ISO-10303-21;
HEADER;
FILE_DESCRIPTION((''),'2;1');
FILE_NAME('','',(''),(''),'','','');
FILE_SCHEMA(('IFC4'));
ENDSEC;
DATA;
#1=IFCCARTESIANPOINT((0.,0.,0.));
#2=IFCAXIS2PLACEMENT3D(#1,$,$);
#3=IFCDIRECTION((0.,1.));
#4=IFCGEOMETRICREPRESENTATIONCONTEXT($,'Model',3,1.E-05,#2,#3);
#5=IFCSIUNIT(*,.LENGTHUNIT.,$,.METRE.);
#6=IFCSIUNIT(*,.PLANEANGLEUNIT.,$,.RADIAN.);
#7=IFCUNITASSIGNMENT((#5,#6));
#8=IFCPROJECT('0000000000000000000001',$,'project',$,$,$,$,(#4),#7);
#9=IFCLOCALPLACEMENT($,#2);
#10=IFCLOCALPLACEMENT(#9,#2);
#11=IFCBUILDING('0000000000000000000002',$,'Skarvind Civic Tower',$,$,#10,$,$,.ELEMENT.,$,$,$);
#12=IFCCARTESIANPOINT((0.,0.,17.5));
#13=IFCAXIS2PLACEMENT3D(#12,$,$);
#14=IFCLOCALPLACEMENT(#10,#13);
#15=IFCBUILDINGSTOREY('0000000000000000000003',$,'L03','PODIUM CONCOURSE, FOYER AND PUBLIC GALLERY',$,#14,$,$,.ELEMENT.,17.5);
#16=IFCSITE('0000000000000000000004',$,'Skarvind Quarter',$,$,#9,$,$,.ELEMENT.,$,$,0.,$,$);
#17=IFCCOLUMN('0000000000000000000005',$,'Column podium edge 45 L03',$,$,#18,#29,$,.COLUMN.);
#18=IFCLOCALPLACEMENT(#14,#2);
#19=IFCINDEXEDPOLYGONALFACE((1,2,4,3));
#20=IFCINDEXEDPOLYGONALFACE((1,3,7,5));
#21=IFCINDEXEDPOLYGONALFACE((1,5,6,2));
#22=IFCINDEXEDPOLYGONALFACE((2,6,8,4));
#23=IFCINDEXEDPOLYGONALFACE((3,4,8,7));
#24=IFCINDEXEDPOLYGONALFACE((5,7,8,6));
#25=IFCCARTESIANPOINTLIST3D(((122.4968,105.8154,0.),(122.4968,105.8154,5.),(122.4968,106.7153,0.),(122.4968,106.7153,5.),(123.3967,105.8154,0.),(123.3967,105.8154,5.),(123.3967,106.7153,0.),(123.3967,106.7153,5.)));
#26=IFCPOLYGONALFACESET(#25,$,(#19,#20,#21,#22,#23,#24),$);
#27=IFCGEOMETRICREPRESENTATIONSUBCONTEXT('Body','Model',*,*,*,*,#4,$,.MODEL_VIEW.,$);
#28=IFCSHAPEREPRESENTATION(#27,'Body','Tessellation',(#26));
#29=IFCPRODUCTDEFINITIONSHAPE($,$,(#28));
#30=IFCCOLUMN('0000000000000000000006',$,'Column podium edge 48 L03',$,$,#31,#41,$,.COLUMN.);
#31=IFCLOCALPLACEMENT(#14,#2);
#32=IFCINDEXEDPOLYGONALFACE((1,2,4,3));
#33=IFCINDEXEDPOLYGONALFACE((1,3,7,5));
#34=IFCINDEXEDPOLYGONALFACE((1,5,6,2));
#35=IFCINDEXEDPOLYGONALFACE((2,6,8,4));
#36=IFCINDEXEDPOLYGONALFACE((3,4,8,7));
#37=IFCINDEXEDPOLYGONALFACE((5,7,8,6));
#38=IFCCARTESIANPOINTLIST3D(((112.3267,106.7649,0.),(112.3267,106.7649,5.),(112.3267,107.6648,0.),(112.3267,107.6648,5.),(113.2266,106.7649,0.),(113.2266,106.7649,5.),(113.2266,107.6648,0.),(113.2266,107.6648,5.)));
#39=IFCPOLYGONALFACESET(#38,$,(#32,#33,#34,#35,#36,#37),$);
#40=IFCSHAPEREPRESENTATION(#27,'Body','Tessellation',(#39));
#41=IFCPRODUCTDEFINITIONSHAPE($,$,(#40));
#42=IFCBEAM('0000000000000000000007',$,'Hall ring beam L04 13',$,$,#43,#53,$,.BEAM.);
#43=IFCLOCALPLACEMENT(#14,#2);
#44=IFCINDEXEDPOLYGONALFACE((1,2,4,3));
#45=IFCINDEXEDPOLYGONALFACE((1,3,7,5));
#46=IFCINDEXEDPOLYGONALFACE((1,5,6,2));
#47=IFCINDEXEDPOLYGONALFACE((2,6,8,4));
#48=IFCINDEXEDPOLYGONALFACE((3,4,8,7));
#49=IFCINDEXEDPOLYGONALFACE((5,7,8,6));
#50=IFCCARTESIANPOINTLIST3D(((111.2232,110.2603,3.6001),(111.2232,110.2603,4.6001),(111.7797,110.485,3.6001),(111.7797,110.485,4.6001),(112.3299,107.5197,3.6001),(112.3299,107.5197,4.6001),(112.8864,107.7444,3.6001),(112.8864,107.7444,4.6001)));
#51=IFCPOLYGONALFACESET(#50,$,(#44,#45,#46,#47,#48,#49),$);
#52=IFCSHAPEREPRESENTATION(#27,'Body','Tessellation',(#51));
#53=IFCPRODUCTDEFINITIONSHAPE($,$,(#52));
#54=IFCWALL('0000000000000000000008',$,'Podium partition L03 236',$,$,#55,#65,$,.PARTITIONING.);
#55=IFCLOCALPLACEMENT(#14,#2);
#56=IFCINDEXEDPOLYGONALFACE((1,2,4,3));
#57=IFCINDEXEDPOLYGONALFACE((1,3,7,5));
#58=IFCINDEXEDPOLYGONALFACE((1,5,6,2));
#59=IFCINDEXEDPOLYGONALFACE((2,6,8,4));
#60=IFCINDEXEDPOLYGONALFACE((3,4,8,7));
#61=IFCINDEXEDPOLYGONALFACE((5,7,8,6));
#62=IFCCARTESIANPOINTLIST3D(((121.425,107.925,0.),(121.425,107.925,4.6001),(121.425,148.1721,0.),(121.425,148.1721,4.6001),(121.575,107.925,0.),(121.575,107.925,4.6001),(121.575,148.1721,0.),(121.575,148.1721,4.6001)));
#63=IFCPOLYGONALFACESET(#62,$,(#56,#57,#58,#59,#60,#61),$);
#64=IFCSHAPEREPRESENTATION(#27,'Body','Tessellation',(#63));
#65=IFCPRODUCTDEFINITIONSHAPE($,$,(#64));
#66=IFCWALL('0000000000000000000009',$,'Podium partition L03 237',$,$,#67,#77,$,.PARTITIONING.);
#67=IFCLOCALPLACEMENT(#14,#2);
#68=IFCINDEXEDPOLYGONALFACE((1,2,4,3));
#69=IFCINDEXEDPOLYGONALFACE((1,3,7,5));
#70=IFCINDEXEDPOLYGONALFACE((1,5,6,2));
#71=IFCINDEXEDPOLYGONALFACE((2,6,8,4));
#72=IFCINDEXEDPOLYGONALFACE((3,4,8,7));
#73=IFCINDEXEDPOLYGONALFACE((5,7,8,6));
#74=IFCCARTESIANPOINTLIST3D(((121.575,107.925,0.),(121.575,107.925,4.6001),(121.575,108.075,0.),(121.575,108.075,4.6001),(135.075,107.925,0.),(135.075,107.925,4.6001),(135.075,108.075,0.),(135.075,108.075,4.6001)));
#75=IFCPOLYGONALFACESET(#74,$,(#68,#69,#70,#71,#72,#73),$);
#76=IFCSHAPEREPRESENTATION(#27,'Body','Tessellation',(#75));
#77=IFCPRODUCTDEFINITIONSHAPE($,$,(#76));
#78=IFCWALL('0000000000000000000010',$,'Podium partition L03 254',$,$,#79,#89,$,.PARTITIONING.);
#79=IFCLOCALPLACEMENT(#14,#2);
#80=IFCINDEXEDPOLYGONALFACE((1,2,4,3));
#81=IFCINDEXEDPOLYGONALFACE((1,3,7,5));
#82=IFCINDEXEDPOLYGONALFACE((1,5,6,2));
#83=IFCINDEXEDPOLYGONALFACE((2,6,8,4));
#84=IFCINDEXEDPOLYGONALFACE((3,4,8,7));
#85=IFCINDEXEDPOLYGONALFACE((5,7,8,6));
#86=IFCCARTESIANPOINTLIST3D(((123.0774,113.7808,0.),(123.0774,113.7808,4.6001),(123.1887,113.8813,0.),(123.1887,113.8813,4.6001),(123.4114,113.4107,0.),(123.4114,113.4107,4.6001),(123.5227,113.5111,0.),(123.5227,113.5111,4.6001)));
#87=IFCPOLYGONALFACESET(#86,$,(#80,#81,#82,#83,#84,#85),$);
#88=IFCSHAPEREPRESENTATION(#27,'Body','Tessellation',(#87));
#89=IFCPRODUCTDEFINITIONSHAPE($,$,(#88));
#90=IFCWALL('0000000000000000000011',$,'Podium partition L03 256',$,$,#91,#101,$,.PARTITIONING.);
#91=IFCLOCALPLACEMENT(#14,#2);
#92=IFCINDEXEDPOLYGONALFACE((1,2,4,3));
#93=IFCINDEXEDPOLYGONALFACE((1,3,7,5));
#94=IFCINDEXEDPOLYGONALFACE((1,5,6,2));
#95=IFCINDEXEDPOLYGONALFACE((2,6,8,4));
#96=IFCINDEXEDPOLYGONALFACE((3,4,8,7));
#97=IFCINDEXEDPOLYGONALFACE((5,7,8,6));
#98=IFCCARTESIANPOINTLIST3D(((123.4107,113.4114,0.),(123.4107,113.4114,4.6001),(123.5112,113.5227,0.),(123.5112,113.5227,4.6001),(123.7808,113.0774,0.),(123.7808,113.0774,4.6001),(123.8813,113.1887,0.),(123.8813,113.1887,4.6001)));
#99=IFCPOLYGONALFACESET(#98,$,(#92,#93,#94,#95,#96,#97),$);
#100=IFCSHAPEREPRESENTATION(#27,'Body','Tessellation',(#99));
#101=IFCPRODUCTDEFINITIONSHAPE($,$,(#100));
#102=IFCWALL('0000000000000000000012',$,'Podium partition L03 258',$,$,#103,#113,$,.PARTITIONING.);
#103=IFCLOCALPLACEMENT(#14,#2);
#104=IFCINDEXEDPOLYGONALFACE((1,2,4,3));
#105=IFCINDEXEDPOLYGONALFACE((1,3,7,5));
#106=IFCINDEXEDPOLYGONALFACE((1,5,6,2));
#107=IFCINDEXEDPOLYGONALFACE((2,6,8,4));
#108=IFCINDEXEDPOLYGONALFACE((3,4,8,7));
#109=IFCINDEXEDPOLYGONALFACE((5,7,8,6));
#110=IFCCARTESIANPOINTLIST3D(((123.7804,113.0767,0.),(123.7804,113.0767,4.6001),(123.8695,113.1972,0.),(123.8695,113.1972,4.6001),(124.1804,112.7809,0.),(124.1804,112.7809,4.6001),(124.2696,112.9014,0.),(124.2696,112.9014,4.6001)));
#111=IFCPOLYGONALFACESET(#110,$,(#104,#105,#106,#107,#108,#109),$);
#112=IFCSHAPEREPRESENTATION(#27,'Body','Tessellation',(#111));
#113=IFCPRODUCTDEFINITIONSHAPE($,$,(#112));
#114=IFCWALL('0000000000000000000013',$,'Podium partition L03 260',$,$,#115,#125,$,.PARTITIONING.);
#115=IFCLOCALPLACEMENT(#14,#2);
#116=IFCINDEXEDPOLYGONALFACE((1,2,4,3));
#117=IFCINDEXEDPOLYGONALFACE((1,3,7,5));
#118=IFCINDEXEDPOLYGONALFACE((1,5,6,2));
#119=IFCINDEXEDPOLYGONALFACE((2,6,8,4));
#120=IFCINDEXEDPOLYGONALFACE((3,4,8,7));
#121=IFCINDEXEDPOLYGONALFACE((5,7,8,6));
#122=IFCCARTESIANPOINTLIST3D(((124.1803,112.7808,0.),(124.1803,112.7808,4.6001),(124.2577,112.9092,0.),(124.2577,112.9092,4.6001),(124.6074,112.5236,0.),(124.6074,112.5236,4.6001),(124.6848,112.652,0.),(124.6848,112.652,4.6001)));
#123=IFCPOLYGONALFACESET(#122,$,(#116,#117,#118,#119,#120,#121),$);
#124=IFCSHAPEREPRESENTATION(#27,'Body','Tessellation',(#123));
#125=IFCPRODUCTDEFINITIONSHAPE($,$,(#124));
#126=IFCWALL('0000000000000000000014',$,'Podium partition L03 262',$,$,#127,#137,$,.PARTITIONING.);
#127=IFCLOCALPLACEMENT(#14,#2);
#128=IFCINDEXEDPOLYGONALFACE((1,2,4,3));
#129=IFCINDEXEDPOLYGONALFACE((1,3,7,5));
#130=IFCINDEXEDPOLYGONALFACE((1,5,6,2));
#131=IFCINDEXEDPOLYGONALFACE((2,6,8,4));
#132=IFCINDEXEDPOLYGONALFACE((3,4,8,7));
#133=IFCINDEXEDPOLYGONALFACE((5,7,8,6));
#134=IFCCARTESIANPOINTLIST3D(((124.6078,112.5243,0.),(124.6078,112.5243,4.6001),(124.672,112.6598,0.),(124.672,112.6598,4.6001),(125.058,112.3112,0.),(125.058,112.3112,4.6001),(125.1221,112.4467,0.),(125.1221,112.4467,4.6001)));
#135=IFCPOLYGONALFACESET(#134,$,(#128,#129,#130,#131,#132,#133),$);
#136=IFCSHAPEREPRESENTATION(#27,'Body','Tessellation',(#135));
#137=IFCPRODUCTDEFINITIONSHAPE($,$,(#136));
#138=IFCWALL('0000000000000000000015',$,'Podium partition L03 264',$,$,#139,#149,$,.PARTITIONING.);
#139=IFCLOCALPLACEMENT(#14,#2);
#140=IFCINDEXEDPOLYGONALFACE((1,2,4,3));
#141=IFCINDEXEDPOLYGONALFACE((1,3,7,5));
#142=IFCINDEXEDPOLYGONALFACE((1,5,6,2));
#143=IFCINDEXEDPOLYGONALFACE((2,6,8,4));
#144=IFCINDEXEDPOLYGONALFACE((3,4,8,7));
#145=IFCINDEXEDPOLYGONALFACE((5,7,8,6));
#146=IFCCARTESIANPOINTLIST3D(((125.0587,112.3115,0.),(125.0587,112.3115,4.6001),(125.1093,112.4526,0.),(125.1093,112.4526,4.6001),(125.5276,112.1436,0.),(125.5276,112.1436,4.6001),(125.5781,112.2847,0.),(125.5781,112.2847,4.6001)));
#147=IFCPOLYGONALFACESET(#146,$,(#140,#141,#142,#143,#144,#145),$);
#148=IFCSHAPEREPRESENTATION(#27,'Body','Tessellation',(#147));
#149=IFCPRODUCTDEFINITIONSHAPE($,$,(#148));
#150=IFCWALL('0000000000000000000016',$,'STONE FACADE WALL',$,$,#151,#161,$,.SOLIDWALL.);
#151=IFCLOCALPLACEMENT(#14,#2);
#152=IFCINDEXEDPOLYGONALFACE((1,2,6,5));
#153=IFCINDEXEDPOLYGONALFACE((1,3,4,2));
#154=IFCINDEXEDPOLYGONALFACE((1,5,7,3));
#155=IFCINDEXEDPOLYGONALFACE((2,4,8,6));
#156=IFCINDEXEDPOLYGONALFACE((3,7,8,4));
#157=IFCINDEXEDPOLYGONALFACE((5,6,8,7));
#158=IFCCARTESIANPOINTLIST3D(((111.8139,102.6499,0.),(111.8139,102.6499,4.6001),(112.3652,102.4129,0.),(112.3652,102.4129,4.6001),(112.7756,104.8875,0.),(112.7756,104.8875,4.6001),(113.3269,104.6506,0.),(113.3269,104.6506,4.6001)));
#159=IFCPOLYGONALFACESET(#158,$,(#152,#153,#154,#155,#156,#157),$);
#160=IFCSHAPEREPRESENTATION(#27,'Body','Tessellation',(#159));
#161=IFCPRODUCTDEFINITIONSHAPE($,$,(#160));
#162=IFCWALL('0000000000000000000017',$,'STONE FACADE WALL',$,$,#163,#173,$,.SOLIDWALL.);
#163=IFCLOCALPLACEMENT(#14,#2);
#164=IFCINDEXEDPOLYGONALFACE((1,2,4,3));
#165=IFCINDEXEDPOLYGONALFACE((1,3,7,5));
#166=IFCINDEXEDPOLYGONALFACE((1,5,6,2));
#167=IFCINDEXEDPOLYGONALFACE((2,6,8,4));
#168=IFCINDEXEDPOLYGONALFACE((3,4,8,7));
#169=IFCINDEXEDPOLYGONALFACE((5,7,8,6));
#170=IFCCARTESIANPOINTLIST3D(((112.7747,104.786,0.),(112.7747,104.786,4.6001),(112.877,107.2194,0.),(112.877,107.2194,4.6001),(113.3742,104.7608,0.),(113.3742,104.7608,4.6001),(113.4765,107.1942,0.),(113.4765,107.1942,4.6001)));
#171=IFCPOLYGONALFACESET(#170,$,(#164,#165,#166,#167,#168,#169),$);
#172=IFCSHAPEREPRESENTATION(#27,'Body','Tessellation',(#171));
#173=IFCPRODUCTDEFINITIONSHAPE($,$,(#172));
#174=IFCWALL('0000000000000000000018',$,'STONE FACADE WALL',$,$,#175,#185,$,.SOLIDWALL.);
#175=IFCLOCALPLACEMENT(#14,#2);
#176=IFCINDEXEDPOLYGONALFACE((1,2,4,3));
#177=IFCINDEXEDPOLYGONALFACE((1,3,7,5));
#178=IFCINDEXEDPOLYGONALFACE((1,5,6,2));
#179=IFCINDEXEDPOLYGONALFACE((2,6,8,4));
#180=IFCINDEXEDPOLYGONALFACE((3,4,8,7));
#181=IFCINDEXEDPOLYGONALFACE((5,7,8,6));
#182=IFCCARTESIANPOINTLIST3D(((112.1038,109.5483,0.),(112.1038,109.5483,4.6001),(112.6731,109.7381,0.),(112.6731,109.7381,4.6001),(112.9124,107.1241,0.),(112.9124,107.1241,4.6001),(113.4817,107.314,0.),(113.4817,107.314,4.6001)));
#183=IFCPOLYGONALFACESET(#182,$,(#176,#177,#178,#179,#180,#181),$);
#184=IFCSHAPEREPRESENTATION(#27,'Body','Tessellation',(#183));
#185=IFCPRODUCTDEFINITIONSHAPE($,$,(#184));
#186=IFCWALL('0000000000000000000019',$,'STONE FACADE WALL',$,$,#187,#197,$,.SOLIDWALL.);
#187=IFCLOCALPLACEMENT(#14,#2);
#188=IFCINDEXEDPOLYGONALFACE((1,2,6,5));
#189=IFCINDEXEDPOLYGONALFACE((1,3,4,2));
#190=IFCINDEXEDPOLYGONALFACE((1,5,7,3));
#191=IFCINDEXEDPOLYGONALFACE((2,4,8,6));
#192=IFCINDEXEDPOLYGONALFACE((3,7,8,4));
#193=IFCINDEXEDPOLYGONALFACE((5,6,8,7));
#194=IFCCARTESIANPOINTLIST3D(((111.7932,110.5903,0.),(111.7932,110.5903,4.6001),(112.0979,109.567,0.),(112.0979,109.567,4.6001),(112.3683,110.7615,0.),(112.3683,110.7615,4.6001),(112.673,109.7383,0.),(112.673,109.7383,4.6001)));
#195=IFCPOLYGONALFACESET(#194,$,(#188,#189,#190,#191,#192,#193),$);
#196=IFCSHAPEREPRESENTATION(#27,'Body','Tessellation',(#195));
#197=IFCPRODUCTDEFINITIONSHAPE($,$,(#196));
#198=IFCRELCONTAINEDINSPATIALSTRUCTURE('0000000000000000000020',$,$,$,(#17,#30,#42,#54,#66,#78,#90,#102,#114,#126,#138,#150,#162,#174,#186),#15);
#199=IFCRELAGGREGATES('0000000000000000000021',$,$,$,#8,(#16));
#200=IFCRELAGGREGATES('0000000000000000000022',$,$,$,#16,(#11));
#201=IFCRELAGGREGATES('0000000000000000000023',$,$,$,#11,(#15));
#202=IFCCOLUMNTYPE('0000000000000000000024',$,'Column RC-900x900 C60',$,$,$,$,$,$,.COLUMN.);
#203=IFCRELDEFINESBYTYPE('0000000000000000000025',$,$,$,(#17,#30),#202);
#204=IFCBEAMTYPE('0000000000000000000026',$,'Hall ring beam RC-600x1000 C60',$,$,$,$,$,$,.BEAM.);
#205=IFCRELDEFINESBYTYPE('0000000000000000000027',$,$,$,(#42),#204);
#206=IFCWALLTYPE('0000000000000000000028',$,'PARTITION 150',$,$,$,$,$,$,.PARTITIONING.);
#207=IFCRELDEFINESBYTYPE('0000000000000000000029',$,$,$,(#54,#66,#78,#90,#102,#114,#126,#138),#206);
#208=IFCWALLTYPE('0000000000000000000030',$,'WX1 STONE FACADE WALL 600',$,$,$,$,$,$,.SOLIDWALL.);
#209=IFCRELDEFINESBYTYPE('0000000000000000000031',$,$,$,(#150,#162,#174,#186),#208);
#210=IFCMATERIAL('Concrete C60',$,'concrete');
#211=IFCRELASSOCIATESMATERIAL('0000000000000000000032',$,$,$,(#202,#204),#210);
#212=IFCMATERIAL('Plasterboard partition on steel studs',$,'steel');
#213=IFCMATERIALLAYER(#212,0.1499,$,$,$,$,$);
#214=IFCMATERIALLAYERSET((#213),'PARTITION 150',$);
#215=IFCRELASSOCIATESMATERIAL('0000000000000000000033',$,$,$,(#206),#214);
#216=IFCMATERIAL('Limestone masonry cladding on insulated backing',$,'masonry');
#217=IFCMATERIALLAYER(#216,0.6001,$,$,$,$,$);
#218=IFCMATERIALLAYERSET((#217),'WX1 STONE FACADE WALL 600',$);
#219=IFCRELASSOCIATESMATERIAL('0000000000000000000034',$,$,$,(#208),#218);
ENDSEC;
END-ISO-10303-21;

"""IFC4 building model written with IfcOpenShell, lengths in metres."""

from ifc_helpers import new_model, si_unit, direction, frame, frame_2d, origin, origin_2d, place, context, subcontext, project, spatial, rectangle, extrude, material, layer, layer_set, material_profile, profile_set, type_object, element, save


model = new_model("IFC4")

# Units and contexts
model_context = context("Model", 3, precision=1e-05, world=origin(), true_north=direction((0.0, 1.0)))
body_context = subcontext(model_context, "Body", "Model", "MODEL_VIEW")
ifc_project = project(units=[si_unit("LENGTHUNIT", "METRE"), si_unit("PLANEANGLEUNIT", "RADIAN")], contexts=[model_context])

# Site, building, storey
site_placement = place(None, origin())
site = spatial("IfcSite", under=ifc_project, at=site_placement, Name="Skarvind Quarter", CompositionType="ELEMENT", RefElevation=0.0)
building_placement = place(site_placement, origin())
building = spatial("IfcBuilding", under=site, at=building_placement, Name="Skarvind Civic Tower", CompositionType="ELEMENT")
storey_placement = place(building_placement, frame((0.0, 0.0, 17.5)))
storey = spatial("IfcBuildingStorey", under=building, at=storey_placement, Name="L03", Description="PODIUM CONCOURSE, FOYER AND PUBLIC GALLERY", CompositionType="ELEMENT", Elevation=17.5)

# Columns
ifc_material_1 = material(Name="Concrete C60", Category="concrete")
ifc_material_profile_1 = material_profile(ifc_material_1, rectangle(XDim=0.8999, YDim=0.8999, at=origin_2d()), Name="RC-900x900")
ifc_profile_set_1 = profile_set([ifc_material_profile_1], Name="Concrete C60")
column_type = type_object("IfcColumnType", Name="Column RC-900x900 C60", PredefinedType="COLUMN", material=ifc_profile_set_1)
for number, where, z_axis, x_axis, name in (
    (1, (122.9468, 106.2654, 0.0), (0.0, 0.0, 1.0), (1.0, 0.0, 0.0), "Column podium edge 45 L03"),
    (2, (112.7766, 107.2148, 0.0), (0.0, 0.0, 1.0), (1.0, 0.0, 0.0), "Column podium edge 48 L03"),
):
    element("IfcColumn", number, at=place(storey_placement, frame(where, z_axis=z_axis, x_axis=x_axis)), inside=storey, type_object=column_type, Name=name, PredefinedType="COLUMN", context=body_context, shape_type="SweptSolid", body=[
        extrude(rectangle(XDim=0.8999, YDim=0.8999, at=origin_2d()), origin(), (0.0, 0.0, 1.0), 5.0),
    ])

# Beam
ifc_material_profile_2 = material_profile(ifc_material_1, rectangle(XDim=0.6001, YDim=1.0, at=origin_2d()), Name="RC-600x1000")
ifc_profile_set_2 = profile_set([ifc_material_profile_2], Name="Concrete C60")
beam_type = type_object("IfcBeamType", Name="Hall ring beam RC-600x1000 C60", PredefinedType="BEAM", material=ifc_profile_set_2)
beam_placement = place(storey_placement, frame((112.6082, 107.6321, 4.1001), z_axis=(-0.374451, 0.927247, 0.0), x_axis=(-0.927247, -0.374451, 0.0)))
element("IfcBeam", 3, at=beam_placement, inside=storey, type_object=beam_type, Name="Hall ring beam L04 13", PredefinedType="BEAM", context=body_context, shape_type="SweptSolid", body=[
    extrude(rectangle(XDim=0.6001, YDim=1.0, at=origin_2d()), origin(), (0.0, 0.0, 1.0), 2.9556),
])

# Walls
ifc_material_2 = material(Name="Plasterboard partition on steel studs", Category="steel")
ifc_layer_1 = layer(ifc_material_2, 0.1499)
ifc_layer_set_1 = layer_set([ifc_layer_1], Name="PARTITION 150")
wall_type_1 = type_object("IfcWallType", Name="PARTITION 150", PredefinedType="PARTITIONING", material=ifc_layer_set_1)
wall_1_placement = place(storey_placement, frame((121.5, 107.925, 0.0), z_axis=(0.0, 0.0, 1.0), x_axis=(0.0, 1.0, 0.0)))
element("IfcWall", 4, at=wall_1_placement, inside=storey, type_object=wall_type_1, Name="Podium partition L03 236", PredefinedType="PARTITIONING", context=body_context, shape_type="SweptSolid", body=[
    extrude(rectangle(XDim=40.2471, YDim=0.1499, at=frame_2d((20.1235, 0.0))), origin(), (0.0, 0.0, 1.0), 4.6001),
])
wall_2_placement = place(storey_placement, frame((121.575, 108.0, 0.0), z_axis=(0.0, 0.0, 1.0), x_axis=(1.0, 0.0, 0.0)))
element("IfcWall", 5, at=wall_2_placement, inside=storey, type_object=wall_type_1, Name="Podium partition L03 237", PredefinedType="PARTITIONING", context=body_context, shape_type="SweptSolid", body=[
    extrude(rectangle(XDim=13.5, YDim=0.1499, at=frame_2d((6.75, 0.0))), origin(), (0.0, 0.0, 1.0), 4.6001),
])
for number, where, z_axis, x_axis, name in (
    (6, (123.1331, 113.8311, 0.0), (0.0, 0.0, 1.0), (0.669938, -0.742417, 0.0), "Podium partition L03 254"),
    (7, (123.4609, 113.467, 0.0), (0.0, 0.0, 1.0), (0.742417, -0.669938, 0.0), "Podium partition L03 256"),
):
    element("IfcWall", number, at=place(storey_placement, frame(where, z_axis=z_axis, x_axis=x_axis)), inside=storey, type_object=wall_type_1, Name=name, PredefinedType="PARTITIONING", context=body_context, shape_type="SweptSolid", body=[
        extrude(rectangle(XDim=0.4985, YDim=0.1499, at=frame_2d((0.2493, 0.0))), origin(), (0.0, 0.0, 1.0), 4.6001),
    ])
wall_3_placement = place(storey_placement, frame((123.825, 113.137, 0.0), z_axis=(0.0, 0.0, 1.0), x_axis=(0.804044, -0.59457, 0.0)))
element("IfcWall", 8, at=wall_3_placement, inside=storey, type_object=wall_type_1, Name="Podium partition L03 258", PredefinedType="PARTITIONING", context=body_context, shape_type="SweptSolid", body=[
    extrude(rectangle(XDim=0.4976, YDim=0.1499, at=frame_2d((0.2488, 0.0))), origin(), (0.0, 0.0, 1.0), 4.6001),
])
wall_4_placement = place(storey_placement, frame((124.219, 112.845, 0.0), z_axis=(0.0, 0.0, 1.0), x_axis=(0.856714, -0.515792, 0.0)))
element("IfcWall", 9, at=wall_4_placement, inside=storey, type_object=wall_type_1, Name="Podium partition L03 260", PredefinedType="PARTITIONING", context=body_context, shape_type="SweptSolid", body=[
    extrude(rectangle(XDim=0.4985, YDim=0.1499, at=frame_2d((0.2493, 0.0))), origin(), (0.0, 0.0, 1.0), 4.6001),
])
for number, where, z_axis, x_axis, name in (
    (10, (124.6399, 112.592, 0.0), (0.0, 0.0, 1.0), (0.903828, -0.427897, 0.0), "Podium partition L03 262"),
    (11, (125.084, 112.3821, 0.0), (0.0, 0.0, 1.0), (0.941442, -0.337174, 0.0), "Podium partition L03 264"),
):
    element("IfcWall", number, at=place(storey_placement, frame(where, z_axis=z_axis, x_axis=x_axis)), inside=storey, type_object=wall_type_1, Name=name, PredefinedType="PARTITIONING", context=body_context, shape_type="SweptSolid", body=[
        extrude(rectangle(XDim=0.498, YDim=0.1499, at=frame_2d((0.249, 0.0))), origin(), (0.0, 0.0, 1.0), 4.6001),
    ])
ifc_material_3 = material(Name="Limestone masonry cladding on insulated backing", Category="masonry")
ifc_layer_2 = layer(ifc_material_3, 0.6001)
ifc_layer_set_2 = layer_set([ifc_layer_2], Name="WX1 STONE FACADE WALL 600")
wall_type_2 = type_object("IfcWallType", Name="WX1 STONE FACADE WALL 600", PredefinedType="SOLIDWALL", material=ifc_layer_set_2)
for number, where, z_axis, x_axis, name in (
    (12, (113.0513, 104.769, 0.0), (0.0, 0.0, 1.0), (-0.394863, -0.91874, 0.0), "STONE FACADE WALL"),
    (13, (113.1768, 107.2068, 0.0), (0.0, 0.0, 1.0), (-0.042002, -0.999118, 0.0), "STONE FACADE WALL"),
):
    element("IfcWall", number, at=place(storey_placement, frame(where, z_axis=z_axis, x_axis=x_axis)), inside=storey, type_object=wall_type_2, Name=name, PredefinedType="SOLIDWALL", context=body_context, shape_type="SweptSolid", body=[
        extrude(rectangle(XDim=2.4355, YDim=0.6001, at=frame_2d((1.2178, 0.0))), origin(), (0.0, 0.0, 1.0), 4.6001),
    ])
wall_5_placement = place(storey_placement, frame((112.3884, 109.6433, 0.0), z_axis=(0.0, 0.0, 1.0), x_axis=(0.316428, -0.948616, 0.0)))
element("IfcWall", 14, at=wall_5_placement, inside=storey, type_object=wall_type_2, Name="STONE FACADE WALL", PredefinedType="SOLIDWALL", context=body_context, shape_type="SweptSolid", body=[
    extrude(rectangle(XDim=2.5554, YDim=0.6001, at=frame_2d((1.2778, 0.0))), origin(), (0.0, 0.0, 1.0), 4.6001),
])
wall_6_placement = place(storey_placement, frame((112.0808, 110.6758, 0.0), z_axis=(0.0, 0.0, 1.0), x_axis=(0.285396, -0.95841, 0.0)))
element("IfcWall", 15, at=wall_6_placement, inside=storey, type_object=wall_type_2, Name="STONE FACADE WALL", PredefinedType="SOLIDWALL", context=body_context, shape_type="SweptSolid", body=[
    extrude(rectangle(XDim=1.0676, YDim=0.6001, at=frame_2d((0.5337, 0.0))), origin(), (0.0, 0.0, 1.0), 4.6001),
])

save(model, "model.ifc")
